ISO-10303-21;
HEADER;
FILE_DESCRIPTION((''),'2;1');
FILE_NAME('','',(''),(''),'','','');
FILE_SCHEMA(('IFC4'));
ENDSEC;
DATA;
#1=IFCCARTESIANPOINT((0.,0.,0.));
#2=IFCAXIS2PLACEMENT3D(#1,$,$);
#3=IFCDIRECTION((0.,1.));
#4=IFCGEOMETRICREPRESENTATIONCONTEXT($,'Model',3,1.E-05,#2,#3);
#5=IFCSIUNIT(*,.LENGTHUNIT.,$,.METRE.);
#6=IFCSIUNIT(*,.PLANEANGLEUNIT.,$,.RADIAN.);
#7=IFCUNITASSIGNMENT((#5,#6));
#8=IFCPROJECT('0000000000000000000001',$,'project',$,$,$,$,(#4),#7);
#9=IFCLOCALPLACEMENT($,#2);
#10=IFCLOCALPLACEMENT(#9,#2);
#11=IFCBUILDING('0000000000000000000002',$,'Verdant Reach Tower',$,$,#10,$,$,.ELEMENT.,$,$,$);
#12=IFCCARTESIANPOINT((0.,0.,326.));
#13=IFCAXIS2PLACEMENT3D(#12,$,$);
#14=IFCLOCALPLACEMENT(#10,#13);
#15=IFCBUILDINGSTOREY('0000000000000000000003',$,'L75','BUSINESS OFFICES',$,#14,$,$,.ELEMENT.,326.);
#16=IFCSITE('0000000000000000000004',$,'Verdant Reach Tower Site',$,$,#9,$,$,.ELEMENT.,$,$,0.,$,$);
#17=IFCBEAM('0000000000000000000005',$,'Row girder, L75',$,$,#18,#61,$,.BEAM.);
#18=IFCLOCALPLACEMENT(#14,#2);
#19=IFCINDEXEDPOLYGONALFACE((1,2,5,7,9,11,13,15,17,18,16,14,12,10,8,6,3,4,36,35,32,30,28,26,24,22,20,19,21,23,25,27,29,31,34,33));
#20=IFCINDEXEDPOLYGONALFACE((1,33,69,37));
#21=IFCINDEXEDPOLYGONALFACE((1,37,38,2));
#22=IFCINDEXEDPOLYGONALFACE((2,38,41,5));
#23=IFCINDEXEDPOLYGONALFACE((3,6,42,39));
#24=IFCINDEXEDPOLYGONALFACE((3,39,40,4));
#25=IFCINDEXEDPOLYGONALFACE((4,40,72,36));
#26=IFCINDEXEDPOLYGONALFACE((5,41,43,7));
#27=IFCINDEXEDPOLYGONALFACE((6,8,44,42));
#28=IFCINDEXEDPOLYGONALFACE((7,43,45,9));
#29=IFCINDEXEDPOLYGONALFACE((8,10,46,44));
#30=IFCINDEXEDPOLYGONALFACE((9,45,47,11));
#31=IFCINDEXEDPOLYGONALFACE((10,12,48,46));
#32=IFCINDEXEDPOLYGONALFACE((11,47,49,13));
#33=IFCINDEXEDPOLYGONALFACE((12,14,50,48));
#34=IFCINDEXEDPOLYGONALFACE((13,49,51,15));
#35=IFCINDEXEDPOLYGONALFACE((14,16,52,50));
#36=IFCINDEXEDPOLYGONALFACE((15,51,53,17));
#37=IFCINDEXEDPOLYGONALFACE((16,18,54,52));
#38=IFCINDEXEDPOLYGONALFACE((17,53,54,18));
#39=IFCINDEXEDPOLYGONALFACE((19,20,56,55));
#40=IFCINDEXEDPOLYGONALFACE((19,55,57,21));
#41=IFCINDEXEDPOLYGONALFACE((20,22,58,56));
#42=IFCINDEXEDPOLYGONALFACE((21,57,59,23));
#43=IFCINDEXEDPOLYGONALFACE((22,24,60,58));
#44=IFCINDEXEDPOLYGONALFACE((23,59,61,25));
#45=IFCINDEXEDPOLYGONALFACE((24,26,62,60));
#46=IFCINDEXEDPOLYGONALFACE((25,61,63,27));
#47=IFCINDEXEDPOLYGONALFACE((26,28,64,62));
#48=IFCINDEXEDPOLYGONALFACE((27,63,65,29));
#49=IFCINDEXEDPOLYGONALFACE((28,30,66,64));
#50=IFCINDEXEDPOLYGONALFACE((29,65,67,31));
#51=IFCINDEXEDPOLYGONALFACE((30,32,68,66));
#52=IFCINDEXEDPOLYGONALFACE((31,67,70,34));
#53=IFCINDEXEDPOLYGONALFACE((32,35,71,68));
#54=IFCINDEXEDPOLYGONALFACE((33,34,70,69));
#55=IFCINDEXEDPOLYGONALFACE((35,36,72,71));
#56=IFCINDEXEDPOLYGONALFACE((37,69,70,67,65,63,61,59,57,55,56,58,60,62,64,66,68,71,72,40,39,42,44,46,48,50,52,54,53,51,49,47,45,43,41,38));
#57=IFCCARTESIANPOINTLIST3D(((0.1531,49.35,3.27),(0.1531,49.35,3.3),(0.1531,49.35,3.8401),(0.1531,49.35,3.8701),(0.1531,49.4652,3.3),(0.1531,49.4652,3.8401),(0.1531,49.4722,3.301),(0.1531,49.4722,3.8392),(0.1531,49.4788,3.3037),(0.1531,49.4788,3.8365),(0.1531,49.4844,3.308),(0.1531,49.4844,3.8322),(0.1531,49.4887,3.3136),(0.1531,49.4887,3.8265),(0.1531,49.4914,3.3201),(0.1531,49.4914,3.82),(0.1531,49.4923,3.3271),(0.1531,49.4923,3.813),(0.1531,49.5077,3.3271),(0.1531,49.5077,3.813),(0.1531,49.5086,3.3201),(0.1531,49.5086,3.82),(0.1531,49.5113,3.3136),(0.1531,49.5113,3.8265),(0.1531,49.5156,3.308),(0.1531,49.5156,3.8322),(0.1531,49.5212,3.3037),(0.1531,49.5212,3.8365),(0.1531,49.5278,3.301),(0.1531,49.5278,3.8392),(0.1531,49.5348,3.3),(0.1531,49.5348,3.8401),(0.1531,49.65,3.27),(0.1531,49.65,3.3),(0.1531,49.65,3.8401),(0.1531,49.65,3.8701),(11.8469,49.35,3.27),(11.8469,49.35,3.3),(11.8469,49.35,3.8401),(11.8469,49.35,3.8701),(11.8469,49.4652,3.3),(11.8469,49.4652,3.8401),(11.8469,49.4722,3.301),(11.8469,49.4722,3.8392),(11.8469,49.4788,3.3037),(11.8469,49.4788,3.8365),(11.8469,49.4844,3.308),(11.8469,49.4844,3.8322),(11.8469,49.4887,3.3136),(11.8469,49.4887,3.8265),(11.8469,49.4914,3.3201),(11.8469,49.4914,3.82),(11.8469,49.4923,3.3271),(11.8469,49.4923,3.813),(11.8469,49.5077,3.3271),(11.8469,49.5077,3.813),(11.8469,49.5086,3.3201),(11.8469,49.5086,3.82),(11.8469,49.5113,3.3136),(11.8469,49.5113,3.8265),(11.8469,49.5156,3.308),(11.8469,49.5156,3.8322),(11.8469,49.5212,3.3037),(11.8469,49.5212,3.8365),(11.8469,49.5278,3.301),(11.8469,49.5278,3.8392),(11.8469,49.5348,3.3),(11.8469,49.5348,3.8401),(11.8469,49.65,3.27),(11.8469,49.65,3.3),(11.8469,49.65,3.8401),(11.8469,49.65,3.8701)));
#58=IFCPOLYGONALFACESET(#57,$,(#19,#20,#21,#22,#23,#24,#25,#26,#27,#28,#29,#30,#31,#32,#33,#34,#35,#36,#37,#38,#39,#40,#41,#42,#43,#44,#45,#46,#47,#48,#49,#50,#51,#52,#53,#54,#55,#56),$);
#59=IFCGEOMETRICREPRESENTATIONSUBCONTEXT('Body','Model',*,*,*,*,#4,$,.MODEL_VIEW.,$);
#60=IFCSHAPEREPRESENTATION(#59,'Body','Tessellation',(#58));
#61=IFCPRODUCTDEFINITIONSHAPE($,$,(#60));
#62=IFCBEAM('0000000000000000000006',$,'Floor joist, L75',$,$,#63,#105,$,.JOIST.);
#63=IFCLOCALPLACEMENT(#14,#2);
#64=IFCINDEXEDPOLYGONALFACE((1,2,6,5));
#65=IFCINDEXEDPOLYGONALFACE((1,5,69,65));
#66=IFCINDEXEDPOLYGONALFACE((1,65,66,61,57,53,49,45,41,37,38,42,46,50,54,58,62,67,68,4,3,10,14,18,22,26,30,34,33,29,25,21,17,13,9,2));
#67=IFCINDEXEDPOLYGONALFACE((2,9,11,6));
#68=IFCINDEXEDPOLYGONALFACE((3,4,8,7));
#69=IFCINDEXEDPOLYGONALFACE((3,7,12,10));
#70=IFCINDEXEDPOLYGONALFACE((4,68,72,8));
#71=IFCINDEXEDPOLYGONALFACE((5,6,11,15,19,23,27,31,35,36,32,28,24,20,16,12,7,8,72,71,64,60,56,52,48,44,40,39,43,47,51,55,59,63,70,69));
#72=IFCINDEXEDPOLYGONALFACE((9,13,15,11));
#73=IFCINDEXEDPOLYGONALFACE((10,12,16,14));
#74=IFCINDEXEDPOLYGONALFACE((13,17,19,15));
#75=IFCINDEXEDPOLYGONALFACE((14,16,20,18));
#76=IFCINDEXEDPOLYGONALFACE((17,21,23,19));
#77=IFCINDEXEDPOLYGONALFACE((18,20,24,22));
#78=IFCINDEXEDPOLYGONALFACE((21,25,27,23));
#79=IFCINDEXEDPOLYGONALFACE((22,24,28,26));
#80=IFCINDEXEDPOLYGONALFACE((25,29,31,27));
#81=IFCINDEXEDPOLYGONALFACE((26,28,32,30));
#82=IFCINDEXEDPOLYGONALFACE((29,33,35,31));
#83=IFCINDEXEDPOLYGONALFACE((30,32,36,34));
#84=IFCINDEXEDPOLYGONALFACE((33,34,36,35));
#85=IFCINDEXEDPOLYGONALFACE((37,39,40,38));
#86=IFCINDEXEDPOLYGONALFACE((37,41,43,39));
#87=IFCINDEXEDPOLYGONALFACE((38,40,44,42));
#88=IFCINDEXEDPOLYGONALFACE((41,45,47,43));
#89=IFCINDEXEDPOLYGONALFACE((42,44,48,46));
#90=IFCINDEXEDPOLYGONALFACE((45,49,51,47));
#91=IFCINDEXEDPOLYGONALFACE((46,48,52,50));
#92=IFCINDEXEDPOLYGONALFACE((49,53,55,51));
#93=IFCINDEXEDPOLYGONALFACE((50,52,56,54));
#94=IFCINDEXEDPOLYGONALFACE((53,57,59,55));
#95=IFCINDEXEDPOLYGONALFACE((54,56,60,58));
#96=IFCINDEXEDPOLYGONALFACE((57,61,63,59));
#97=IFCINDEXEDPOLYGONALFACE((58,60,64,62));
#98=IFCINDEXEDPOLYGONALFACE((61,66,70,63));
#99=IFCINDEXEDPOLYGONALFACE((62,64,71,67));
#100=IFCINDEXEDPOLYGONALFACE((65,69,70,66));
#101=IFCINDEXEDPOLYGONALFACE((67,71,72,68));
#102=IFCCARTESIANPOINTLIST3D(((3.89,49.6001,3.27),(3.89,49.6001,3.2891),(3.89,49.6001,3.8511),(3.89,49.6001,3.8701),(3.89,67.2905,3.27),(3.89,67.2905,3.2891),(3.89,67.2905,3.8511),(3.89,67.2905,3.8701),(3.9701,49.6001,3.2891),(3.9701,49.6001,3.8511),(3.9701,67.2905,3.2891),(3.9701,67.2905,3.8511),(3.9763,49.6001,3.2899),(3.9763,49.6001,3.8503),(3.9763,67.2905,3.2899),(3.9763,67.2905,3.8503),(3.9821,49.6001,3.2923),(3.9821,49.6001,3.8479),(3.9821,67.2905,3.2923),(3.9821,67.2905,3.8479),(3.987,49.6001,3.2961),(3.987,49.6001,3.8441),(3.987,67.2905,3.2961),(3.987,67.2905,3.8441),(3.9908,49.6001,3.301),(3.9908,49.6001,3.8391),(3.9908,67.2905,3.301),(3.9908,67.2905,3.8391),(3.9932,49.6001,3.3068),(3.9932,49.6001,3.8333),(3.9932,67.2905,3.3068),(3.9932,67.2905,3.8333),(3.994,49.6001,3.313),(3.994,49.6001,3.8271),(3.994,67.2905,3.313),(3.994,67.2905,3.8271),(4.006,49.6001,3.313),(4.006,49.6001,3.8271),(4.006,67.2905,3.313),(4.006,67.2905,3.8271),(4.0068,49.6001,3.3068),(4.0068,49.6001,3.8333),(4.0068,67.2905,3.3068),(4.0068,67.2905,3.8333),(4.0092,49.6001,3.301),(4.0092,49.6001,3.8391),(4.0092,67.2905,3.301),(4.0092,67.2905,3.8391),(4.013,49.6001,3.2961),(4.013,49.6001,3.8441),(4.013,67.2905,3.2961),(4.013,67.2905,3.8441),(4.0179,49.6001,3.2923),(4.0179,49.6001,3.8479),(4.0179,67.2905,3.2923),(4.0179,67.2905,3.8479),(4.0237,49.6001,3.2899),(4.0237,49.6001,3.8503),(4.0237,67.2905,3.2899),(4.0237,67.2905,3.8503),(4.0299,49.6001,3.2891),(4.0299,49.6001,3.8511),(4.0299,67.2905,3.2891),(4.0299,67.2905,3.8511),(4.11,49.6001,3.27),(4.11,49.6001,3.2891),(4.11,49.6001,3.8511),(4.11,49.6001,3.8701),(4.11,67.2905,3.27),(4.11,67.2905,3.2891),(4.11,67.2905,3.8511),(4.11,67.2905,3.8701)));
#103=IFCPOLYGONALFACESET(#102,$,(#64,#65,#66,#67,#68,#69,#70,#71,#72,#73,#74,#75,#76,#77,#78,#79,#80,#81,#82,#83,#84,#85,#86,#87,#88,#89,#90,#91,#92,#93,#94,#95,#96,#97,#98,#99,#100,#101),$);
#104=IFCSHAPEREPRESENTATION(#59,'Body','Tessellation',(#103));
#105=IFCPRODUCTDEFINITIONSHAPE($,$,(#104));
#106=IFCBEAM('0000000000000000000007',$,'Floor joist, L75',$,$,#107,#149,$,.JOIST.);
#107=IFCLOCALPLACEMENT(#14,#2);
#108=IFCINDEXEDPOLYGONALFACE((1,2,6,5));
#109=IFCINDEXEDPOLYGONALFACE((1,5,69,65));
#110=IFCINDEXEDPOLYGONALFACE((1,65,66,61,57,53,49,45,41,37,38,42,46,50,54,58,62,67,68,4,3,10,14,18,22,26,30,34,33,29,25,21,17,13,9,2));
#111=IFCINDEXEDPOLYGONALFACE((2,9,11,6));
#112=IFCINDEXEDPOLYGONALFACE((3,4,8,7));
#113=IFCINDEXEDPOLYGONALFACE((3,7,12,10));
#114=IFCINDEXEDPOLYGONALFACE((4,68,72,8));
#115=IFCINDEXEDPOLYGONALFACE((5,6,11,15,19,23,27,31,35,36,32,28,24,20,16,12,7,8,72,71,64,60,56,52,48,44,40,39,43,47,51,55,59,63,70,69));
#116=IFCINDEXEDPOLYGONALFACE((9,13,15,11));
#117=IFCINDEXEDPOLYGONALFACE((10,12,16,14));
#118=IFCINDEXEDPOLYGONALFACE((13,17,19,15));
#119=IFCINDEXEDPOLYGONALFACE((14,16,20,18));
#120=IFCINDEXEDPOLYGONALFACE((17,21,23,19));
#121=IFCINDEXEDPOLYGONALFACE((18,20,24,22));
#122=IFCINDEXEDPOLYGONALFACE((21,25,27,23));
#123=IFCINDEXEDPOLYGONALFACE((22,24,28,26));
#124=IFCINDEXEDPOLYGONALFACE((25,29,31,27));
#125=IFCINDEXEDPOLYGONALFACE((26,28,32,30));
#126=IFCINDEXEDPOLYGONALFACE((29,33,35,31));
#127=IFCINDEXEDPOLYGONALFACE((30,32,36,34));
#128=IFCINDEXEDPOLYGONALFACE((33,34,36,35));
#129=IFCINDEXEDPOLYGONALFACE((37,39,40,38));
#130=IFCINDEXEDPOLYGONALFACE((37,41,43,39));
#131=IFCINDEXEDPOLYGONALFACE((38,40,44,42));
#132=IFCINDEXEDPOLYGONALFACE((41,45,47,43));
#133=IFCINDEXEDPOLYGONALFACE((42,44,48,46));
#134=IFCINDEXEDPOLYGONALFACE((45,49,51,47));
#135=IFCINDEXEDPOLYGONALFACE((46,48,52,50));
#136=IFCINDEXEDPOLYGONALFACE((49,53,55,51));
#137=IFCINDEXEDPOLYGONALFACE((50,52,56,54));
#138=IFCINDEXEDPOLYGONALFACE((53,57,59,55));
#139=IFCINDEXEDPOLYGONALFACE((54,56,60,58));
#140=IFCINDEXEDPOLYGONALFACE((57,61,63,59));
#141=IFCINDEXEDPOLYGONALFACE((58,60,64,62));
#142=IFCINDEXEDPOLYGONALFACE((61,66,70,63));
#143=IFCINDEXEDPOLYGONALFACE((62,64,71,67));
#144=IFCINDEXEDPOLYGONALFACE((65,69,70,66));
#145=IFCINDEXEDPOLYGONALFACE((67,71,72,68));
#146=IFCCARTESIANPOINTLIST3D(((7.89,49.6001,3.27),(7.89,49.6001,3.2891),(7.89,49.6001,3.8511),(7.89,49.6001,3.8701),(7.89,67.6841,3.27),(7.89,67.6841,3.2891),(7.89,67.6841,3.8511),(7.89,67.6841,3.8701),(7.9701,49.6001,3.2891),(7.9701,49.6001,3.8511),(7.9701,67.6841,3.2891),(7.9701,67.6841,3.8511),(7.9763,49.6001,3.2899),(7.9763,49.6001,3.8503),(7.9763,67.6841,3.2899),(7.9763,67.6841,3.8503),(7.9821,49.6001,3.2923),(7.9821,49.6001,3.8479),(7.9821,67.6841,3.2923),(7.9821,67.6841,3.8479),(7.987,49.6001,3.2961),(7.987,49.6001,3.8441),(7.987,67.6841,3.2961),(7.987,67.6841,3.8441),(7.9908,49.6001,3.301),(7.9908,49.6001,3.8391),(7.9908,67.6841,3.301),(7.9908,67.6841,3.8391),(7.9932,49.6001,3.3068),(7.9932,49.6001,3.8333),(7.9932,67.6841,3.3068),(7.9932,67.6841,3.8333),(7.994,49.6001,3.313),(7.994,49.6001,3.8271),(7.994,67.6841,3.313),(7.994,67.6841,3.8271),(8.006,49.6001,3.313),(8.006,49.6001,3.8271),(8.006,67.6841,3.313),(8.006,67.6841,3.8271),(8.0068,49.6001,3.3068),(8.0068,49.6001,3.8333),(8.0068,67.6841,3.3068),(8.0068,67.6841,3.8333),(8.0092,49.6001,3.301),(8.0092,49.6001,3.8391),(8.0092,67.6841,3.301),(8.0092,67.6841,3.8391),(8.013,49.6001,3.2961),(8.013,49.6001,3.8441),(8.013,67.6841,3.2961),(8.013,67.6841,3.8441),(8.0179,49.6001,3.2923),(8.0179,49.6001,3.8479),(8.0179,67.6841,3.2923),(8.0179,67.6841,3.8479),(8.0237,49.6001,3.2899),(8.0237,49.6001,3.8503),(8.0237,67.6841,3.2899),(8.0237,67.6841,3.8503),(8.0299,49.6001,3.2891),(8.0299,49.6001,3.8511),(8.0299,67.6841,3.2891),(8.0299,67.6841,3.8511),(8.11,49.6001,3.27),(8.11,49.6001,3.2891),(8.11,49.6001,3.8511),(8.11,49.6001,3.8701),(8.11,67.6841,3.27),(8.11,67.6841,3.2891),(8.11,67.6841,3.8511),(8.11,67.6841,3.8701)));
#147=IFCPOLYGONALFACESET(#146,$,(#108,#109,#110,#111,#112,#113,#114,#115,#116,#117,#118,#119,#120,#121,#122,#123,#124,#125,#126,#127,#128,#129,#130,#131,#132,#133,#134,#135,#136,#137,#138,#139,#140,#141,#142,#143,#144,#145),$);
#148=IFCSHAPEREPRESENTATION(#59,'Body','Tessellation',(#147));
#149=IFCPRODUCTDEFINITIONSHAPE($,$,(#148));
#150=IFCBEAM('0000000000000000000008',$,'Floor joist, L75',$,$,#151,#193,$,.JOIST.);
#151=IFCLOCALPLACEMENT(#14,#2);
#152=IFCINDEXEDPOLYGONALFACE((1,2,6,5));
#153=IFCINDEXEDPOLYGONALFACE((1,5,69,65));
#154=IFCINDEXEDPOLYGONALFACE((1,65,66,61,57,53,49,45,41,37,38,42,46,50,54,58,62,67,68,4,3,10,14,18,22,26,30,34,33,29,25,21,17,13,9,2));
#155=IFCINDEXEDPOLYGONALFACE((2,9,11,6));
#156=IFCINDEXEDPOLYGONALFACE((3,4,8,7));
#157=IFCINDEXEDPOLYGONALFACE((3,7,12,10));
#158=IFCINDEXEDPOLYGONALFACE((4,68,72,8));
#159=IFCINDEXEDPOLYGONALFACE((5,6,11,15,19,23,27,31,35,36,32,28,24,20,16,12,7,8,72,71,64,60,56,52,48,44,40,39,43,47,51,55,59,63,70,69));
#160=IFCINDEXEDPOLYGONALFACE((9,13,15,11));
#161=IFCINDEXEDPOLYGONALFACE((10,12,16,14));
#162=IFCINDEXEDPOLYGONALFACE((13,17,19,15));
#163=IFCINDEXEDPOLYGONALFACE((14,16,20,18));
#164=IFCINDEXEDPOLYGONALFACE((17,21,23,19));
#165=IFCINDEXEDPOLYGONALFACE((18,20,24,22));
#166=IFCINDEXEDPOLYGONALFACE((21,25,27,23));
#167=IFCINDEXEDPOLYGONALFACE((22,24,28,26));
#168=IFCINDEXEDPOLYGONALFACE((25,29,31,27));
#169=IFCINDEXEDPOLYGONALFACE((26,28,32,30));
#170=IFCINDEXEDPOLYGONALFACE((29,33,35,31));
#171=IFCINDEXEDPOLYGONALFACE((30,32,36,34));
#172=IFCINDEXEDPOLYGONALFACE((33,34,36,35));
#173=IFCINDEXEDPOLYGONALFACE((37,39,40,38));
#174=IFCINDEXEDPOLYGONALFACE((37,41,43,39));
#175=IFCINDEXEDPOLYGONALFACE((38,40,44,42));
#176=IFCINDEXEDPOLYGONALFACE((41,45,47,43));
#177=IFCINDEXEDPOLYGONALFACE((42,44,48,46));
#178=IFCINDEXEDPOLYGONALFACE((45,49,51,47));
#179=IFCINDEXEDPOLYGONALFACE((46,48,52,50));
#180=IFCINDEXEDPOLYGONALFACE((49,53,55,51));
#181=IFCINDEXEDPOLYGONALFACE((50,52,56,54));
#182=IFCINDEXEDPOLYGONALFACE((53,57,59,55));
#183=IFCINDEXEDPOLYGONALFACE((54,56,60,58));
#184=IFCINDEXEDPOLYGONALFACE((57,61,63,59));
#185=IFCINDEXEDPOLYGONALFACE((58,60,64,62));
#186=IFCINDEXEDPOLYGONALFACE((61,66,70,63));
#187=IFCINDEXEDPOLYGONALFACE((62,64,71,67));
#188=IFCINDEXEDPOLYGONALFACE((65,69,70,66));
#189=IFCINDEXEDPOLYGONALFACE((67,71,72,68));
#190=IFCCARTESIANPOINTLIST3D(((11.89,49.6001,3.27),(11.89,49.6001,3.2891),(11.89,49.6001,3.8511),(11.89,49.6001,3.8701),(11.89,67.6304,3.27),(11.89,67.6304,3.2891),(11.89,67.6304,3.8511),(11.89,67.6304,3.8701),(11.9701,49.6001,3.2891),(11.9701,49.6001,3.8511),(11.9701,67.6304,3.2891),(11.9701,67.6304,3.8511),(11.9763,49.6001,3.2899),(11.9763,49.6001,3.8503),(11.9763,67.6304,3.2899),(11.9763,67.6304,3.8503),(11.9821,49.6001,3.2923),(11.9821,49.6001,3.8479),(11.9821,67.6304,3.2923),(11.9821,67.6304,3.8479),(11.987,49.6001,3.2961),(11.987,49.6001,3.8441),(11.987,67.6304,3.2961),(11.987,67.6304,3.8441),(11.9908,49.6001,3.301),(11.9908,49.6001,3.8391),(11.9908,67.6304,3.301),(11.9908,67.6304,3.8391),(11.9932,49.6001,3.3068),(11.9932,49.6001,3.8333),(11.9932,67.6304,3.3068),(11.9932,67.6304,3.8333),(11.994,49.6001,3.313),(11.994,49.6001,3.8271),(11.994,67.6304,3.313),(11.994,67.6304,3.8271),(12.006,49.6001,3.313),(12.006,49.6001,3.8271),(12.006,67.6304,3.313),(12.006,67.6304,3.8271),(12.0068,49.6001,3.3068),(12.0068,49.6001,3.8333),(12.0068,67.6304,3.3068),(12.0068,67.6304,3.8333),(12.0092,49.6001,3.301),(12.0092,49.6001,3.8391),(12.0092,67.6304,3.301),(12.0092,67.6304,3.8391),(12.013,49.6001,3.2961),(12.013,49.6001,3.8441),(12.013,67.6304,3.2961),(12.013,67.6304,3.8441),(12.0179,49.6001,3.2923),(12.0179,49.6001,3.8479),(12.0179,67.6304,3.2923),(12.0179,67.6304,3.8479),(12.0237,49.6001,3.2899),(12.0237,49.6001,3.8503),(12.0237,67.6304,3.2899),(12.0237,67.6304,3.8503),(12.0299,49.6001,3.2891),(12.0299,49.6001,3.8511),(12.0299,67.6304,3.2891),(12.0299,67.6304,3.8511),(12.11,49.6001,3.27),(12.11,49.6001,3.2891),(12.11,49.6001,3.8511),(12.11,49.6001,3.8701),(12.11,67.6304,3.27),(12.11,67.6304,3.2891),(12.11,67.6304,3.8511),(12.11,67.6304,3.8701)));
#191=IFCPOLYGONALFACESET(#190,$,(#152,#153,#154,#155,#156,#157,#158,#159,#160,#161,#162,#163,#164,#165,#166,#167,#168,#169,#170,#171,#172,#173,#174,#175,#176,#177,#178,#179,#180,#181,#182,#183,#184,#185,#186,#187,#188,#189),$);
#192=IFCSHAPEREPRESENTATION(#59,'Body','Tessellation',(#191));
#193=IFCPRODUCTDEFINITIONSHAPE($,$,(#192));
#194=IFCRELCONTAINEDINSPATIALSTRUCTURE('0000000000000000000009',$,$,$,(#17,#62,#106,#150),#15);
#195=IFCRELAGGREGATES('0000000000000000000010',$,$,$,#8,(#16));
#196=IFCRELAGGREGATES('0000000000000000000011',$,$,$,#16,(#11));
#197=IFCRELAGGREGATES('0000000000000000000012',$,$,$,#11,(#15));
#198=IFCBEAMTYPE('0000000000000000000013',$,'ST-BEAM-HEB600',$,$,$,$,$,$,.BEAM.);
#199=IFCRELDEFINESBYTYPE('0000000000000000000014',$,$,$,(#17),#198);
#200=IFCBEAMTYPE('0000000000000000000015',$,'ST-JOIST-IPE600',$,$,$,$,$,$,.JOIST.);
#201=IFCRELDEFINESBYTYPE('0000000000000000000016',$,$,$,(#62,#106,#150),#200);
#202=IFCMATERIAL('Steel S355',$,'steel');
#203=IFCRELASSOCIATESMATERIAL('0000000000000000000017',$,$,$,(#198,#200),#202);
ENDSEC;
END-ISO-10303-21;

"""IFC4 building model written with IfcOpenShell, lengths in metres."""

from ifc_helpers import new_model, si_unit, direction, frame, origin, origin_2d, place, context, subcontext, project, spatial, i_section, extrude, material, material_profile, profile_set, type_object, element, save


model = new_model("IFC4")

# Units and contexts
model_context = context("Model", 3, precision=1e-05, world=origin(), true_north=direction((0.0, 1.0)))
body_context = subcontext(model_context, "Body", "Model", "MODEL_VIEW")
ifc_project = project(units=[si_unit("LENGTHUNIT", "METRE"), si_unit("PLANEANGLEUNIT", "RADIAN")], contexts=[model_context])

# Site, building, storey
site_placement = place(None, origin())
site = spatial("IfcSite", under=ifc_project, at=site_placement, Name="Verdant Reach Tower Site", CompositionType="ELEMENT", RefElevation=0.0)
building_placement = place(site_placement, origin())
building = spatial("IfcBuilding", under=site, at=building_placement, Name="Verdant Reach Tower", CompositionType="ELEMENT")
storey_placement = place(building_placement, frame((0.0, 0.0, 326.0)))
storey = spatial("IfcBuildingStorey", under=building, at=storey_placement, Name="L75", Description="BUSINESS OFFICES", CompositionType="ELEMENT", Elevation=326.0)

# Beams
ifc_material_1 = material(Name="Steel S355", Category="steel")
ifc_material_profile_1 = material_profile(ifc_material_1, i_section(OverallWidth=0.3, OverallDepth=0.6001, WebThickness=0.0154, FlangeThickness=0.03, FilletRadius=0.0271, at=origin_2d()), Name="HEB 600")
ifc_profile_set_1 = profile_set([ifc_material_profile_1], Name="Steel S355")
beam_type_1 = type_object("IfcBeamType", Name="ST-BEAM-HEB600", PredefinedType="BEAM", material=ifc_profile_set_1)
beam_1_placement = place(storey_placement, frame((0.1531, 49.5, 3.5701), z_axis=(1.0, 0.0, 0.0), x_axis=(0.0, 1.0, 0.0)))
element("IfcBeam", 1, at=beam_1_placement, inside=storey, type_object=beam_type_1, Name="Row girder, L75", PredefinedType="BEAM", context=body_context, shape_type="SweptSolid", body=[
    extrude(i_section(OverallWidth=0.3, OverallDepth=0.6001, WebThickness=0.0154, FlangeThickness=0.03, FilletRadius=0.0271, at=origin_2d()), origin(), (0.0, 0.0, 1.0), 11.6938),
])
ifc_material_profile_2 = material_profile(ifc_material_1, i_section(OverallWidth=0.22, OverallDepth=0.6001, WebThickness=0.012, FlangeThickness=0.019, FilletRadius=0.0239, at=origin_2d()), Name="IPE 600")
ifc_profile_set_2 = profile_set([ifc_material_profile_2], Name="Steel S355")
beam_type_2 = type_object("IfcBeamType", Name="ST-JOIST-IPE600", PredefinedType="JOIST", material=ifc_profile_set_2)
beam_2_placement = place(storey_placement, frame((4.0, 49.6001, 3.5701), z_axis=(0.0, 1.0, 0.0), x_axis=(-1.0, 0.0, 0.0)))
element("IfcBeam", 2, at=beam_2_placement, inside=storey, type_object=beam_type_2, Name="Floor joist, L75", PredefinedType="JOIST", context=body_context, shape_type="SweptSolid", body=[
    extrude(i_section(OverallWidth=0.22, OverallDepth=0.6001, WebThickness=0.012, FlangeThickness=0.019, FilletRadius=0.0239, at=origin_2d()), origin(), (0.0, 0.0, 1.0), 17.6904),
])
beam_3_placement = place(storey_placement, frame((8.0, 49.6001, 3.5701), z_axis=(0.0, 1.0, 0.0), x_axis=(-1.0, 0.0, 0.0)))
element("IfcBeam", 3, at=beam_3_placement, inside=storey, type_object=beam_type_2, Name="Floor joist, L75", PredefinedType="JOIST", context=body_context, shape_type="SweptSolid", body=[
    extrude(i_section(OverallWidth=0.22, OverallDepth=0.6001, WebThickness=0.012, FlangeThickness=0.019, FilletRadius=0.0239, at=origin_2d()), origin(), (0.0, 0.0, 1.0), 18.084),
])
beam_4_placement = place(storey_placement, frame((12.0, 49.6001, 3.5701), z_axis=(0.0, 1.0, 0.0), x_axis=(-1.0, 0.0, 0.0)))
element("IfcBeam", 4, at=beam_4_placement, inside=storey, type_object=beam_type_2, Name="Floor joist, L75", PredefinedType="JOIST", context=body_context, shape_type="SweptSolid", body=[
    extrude(i_section(OverallWidth=0.22, OverallDepth=0.6001, WebThickness=0.012, FlangeThickness=0.019, FilletRadius=0.0239, at=origin_2d()), origin(), (0.0, 0.0, 1.0), 18.0303),
])

save(model, "model.ifc")
